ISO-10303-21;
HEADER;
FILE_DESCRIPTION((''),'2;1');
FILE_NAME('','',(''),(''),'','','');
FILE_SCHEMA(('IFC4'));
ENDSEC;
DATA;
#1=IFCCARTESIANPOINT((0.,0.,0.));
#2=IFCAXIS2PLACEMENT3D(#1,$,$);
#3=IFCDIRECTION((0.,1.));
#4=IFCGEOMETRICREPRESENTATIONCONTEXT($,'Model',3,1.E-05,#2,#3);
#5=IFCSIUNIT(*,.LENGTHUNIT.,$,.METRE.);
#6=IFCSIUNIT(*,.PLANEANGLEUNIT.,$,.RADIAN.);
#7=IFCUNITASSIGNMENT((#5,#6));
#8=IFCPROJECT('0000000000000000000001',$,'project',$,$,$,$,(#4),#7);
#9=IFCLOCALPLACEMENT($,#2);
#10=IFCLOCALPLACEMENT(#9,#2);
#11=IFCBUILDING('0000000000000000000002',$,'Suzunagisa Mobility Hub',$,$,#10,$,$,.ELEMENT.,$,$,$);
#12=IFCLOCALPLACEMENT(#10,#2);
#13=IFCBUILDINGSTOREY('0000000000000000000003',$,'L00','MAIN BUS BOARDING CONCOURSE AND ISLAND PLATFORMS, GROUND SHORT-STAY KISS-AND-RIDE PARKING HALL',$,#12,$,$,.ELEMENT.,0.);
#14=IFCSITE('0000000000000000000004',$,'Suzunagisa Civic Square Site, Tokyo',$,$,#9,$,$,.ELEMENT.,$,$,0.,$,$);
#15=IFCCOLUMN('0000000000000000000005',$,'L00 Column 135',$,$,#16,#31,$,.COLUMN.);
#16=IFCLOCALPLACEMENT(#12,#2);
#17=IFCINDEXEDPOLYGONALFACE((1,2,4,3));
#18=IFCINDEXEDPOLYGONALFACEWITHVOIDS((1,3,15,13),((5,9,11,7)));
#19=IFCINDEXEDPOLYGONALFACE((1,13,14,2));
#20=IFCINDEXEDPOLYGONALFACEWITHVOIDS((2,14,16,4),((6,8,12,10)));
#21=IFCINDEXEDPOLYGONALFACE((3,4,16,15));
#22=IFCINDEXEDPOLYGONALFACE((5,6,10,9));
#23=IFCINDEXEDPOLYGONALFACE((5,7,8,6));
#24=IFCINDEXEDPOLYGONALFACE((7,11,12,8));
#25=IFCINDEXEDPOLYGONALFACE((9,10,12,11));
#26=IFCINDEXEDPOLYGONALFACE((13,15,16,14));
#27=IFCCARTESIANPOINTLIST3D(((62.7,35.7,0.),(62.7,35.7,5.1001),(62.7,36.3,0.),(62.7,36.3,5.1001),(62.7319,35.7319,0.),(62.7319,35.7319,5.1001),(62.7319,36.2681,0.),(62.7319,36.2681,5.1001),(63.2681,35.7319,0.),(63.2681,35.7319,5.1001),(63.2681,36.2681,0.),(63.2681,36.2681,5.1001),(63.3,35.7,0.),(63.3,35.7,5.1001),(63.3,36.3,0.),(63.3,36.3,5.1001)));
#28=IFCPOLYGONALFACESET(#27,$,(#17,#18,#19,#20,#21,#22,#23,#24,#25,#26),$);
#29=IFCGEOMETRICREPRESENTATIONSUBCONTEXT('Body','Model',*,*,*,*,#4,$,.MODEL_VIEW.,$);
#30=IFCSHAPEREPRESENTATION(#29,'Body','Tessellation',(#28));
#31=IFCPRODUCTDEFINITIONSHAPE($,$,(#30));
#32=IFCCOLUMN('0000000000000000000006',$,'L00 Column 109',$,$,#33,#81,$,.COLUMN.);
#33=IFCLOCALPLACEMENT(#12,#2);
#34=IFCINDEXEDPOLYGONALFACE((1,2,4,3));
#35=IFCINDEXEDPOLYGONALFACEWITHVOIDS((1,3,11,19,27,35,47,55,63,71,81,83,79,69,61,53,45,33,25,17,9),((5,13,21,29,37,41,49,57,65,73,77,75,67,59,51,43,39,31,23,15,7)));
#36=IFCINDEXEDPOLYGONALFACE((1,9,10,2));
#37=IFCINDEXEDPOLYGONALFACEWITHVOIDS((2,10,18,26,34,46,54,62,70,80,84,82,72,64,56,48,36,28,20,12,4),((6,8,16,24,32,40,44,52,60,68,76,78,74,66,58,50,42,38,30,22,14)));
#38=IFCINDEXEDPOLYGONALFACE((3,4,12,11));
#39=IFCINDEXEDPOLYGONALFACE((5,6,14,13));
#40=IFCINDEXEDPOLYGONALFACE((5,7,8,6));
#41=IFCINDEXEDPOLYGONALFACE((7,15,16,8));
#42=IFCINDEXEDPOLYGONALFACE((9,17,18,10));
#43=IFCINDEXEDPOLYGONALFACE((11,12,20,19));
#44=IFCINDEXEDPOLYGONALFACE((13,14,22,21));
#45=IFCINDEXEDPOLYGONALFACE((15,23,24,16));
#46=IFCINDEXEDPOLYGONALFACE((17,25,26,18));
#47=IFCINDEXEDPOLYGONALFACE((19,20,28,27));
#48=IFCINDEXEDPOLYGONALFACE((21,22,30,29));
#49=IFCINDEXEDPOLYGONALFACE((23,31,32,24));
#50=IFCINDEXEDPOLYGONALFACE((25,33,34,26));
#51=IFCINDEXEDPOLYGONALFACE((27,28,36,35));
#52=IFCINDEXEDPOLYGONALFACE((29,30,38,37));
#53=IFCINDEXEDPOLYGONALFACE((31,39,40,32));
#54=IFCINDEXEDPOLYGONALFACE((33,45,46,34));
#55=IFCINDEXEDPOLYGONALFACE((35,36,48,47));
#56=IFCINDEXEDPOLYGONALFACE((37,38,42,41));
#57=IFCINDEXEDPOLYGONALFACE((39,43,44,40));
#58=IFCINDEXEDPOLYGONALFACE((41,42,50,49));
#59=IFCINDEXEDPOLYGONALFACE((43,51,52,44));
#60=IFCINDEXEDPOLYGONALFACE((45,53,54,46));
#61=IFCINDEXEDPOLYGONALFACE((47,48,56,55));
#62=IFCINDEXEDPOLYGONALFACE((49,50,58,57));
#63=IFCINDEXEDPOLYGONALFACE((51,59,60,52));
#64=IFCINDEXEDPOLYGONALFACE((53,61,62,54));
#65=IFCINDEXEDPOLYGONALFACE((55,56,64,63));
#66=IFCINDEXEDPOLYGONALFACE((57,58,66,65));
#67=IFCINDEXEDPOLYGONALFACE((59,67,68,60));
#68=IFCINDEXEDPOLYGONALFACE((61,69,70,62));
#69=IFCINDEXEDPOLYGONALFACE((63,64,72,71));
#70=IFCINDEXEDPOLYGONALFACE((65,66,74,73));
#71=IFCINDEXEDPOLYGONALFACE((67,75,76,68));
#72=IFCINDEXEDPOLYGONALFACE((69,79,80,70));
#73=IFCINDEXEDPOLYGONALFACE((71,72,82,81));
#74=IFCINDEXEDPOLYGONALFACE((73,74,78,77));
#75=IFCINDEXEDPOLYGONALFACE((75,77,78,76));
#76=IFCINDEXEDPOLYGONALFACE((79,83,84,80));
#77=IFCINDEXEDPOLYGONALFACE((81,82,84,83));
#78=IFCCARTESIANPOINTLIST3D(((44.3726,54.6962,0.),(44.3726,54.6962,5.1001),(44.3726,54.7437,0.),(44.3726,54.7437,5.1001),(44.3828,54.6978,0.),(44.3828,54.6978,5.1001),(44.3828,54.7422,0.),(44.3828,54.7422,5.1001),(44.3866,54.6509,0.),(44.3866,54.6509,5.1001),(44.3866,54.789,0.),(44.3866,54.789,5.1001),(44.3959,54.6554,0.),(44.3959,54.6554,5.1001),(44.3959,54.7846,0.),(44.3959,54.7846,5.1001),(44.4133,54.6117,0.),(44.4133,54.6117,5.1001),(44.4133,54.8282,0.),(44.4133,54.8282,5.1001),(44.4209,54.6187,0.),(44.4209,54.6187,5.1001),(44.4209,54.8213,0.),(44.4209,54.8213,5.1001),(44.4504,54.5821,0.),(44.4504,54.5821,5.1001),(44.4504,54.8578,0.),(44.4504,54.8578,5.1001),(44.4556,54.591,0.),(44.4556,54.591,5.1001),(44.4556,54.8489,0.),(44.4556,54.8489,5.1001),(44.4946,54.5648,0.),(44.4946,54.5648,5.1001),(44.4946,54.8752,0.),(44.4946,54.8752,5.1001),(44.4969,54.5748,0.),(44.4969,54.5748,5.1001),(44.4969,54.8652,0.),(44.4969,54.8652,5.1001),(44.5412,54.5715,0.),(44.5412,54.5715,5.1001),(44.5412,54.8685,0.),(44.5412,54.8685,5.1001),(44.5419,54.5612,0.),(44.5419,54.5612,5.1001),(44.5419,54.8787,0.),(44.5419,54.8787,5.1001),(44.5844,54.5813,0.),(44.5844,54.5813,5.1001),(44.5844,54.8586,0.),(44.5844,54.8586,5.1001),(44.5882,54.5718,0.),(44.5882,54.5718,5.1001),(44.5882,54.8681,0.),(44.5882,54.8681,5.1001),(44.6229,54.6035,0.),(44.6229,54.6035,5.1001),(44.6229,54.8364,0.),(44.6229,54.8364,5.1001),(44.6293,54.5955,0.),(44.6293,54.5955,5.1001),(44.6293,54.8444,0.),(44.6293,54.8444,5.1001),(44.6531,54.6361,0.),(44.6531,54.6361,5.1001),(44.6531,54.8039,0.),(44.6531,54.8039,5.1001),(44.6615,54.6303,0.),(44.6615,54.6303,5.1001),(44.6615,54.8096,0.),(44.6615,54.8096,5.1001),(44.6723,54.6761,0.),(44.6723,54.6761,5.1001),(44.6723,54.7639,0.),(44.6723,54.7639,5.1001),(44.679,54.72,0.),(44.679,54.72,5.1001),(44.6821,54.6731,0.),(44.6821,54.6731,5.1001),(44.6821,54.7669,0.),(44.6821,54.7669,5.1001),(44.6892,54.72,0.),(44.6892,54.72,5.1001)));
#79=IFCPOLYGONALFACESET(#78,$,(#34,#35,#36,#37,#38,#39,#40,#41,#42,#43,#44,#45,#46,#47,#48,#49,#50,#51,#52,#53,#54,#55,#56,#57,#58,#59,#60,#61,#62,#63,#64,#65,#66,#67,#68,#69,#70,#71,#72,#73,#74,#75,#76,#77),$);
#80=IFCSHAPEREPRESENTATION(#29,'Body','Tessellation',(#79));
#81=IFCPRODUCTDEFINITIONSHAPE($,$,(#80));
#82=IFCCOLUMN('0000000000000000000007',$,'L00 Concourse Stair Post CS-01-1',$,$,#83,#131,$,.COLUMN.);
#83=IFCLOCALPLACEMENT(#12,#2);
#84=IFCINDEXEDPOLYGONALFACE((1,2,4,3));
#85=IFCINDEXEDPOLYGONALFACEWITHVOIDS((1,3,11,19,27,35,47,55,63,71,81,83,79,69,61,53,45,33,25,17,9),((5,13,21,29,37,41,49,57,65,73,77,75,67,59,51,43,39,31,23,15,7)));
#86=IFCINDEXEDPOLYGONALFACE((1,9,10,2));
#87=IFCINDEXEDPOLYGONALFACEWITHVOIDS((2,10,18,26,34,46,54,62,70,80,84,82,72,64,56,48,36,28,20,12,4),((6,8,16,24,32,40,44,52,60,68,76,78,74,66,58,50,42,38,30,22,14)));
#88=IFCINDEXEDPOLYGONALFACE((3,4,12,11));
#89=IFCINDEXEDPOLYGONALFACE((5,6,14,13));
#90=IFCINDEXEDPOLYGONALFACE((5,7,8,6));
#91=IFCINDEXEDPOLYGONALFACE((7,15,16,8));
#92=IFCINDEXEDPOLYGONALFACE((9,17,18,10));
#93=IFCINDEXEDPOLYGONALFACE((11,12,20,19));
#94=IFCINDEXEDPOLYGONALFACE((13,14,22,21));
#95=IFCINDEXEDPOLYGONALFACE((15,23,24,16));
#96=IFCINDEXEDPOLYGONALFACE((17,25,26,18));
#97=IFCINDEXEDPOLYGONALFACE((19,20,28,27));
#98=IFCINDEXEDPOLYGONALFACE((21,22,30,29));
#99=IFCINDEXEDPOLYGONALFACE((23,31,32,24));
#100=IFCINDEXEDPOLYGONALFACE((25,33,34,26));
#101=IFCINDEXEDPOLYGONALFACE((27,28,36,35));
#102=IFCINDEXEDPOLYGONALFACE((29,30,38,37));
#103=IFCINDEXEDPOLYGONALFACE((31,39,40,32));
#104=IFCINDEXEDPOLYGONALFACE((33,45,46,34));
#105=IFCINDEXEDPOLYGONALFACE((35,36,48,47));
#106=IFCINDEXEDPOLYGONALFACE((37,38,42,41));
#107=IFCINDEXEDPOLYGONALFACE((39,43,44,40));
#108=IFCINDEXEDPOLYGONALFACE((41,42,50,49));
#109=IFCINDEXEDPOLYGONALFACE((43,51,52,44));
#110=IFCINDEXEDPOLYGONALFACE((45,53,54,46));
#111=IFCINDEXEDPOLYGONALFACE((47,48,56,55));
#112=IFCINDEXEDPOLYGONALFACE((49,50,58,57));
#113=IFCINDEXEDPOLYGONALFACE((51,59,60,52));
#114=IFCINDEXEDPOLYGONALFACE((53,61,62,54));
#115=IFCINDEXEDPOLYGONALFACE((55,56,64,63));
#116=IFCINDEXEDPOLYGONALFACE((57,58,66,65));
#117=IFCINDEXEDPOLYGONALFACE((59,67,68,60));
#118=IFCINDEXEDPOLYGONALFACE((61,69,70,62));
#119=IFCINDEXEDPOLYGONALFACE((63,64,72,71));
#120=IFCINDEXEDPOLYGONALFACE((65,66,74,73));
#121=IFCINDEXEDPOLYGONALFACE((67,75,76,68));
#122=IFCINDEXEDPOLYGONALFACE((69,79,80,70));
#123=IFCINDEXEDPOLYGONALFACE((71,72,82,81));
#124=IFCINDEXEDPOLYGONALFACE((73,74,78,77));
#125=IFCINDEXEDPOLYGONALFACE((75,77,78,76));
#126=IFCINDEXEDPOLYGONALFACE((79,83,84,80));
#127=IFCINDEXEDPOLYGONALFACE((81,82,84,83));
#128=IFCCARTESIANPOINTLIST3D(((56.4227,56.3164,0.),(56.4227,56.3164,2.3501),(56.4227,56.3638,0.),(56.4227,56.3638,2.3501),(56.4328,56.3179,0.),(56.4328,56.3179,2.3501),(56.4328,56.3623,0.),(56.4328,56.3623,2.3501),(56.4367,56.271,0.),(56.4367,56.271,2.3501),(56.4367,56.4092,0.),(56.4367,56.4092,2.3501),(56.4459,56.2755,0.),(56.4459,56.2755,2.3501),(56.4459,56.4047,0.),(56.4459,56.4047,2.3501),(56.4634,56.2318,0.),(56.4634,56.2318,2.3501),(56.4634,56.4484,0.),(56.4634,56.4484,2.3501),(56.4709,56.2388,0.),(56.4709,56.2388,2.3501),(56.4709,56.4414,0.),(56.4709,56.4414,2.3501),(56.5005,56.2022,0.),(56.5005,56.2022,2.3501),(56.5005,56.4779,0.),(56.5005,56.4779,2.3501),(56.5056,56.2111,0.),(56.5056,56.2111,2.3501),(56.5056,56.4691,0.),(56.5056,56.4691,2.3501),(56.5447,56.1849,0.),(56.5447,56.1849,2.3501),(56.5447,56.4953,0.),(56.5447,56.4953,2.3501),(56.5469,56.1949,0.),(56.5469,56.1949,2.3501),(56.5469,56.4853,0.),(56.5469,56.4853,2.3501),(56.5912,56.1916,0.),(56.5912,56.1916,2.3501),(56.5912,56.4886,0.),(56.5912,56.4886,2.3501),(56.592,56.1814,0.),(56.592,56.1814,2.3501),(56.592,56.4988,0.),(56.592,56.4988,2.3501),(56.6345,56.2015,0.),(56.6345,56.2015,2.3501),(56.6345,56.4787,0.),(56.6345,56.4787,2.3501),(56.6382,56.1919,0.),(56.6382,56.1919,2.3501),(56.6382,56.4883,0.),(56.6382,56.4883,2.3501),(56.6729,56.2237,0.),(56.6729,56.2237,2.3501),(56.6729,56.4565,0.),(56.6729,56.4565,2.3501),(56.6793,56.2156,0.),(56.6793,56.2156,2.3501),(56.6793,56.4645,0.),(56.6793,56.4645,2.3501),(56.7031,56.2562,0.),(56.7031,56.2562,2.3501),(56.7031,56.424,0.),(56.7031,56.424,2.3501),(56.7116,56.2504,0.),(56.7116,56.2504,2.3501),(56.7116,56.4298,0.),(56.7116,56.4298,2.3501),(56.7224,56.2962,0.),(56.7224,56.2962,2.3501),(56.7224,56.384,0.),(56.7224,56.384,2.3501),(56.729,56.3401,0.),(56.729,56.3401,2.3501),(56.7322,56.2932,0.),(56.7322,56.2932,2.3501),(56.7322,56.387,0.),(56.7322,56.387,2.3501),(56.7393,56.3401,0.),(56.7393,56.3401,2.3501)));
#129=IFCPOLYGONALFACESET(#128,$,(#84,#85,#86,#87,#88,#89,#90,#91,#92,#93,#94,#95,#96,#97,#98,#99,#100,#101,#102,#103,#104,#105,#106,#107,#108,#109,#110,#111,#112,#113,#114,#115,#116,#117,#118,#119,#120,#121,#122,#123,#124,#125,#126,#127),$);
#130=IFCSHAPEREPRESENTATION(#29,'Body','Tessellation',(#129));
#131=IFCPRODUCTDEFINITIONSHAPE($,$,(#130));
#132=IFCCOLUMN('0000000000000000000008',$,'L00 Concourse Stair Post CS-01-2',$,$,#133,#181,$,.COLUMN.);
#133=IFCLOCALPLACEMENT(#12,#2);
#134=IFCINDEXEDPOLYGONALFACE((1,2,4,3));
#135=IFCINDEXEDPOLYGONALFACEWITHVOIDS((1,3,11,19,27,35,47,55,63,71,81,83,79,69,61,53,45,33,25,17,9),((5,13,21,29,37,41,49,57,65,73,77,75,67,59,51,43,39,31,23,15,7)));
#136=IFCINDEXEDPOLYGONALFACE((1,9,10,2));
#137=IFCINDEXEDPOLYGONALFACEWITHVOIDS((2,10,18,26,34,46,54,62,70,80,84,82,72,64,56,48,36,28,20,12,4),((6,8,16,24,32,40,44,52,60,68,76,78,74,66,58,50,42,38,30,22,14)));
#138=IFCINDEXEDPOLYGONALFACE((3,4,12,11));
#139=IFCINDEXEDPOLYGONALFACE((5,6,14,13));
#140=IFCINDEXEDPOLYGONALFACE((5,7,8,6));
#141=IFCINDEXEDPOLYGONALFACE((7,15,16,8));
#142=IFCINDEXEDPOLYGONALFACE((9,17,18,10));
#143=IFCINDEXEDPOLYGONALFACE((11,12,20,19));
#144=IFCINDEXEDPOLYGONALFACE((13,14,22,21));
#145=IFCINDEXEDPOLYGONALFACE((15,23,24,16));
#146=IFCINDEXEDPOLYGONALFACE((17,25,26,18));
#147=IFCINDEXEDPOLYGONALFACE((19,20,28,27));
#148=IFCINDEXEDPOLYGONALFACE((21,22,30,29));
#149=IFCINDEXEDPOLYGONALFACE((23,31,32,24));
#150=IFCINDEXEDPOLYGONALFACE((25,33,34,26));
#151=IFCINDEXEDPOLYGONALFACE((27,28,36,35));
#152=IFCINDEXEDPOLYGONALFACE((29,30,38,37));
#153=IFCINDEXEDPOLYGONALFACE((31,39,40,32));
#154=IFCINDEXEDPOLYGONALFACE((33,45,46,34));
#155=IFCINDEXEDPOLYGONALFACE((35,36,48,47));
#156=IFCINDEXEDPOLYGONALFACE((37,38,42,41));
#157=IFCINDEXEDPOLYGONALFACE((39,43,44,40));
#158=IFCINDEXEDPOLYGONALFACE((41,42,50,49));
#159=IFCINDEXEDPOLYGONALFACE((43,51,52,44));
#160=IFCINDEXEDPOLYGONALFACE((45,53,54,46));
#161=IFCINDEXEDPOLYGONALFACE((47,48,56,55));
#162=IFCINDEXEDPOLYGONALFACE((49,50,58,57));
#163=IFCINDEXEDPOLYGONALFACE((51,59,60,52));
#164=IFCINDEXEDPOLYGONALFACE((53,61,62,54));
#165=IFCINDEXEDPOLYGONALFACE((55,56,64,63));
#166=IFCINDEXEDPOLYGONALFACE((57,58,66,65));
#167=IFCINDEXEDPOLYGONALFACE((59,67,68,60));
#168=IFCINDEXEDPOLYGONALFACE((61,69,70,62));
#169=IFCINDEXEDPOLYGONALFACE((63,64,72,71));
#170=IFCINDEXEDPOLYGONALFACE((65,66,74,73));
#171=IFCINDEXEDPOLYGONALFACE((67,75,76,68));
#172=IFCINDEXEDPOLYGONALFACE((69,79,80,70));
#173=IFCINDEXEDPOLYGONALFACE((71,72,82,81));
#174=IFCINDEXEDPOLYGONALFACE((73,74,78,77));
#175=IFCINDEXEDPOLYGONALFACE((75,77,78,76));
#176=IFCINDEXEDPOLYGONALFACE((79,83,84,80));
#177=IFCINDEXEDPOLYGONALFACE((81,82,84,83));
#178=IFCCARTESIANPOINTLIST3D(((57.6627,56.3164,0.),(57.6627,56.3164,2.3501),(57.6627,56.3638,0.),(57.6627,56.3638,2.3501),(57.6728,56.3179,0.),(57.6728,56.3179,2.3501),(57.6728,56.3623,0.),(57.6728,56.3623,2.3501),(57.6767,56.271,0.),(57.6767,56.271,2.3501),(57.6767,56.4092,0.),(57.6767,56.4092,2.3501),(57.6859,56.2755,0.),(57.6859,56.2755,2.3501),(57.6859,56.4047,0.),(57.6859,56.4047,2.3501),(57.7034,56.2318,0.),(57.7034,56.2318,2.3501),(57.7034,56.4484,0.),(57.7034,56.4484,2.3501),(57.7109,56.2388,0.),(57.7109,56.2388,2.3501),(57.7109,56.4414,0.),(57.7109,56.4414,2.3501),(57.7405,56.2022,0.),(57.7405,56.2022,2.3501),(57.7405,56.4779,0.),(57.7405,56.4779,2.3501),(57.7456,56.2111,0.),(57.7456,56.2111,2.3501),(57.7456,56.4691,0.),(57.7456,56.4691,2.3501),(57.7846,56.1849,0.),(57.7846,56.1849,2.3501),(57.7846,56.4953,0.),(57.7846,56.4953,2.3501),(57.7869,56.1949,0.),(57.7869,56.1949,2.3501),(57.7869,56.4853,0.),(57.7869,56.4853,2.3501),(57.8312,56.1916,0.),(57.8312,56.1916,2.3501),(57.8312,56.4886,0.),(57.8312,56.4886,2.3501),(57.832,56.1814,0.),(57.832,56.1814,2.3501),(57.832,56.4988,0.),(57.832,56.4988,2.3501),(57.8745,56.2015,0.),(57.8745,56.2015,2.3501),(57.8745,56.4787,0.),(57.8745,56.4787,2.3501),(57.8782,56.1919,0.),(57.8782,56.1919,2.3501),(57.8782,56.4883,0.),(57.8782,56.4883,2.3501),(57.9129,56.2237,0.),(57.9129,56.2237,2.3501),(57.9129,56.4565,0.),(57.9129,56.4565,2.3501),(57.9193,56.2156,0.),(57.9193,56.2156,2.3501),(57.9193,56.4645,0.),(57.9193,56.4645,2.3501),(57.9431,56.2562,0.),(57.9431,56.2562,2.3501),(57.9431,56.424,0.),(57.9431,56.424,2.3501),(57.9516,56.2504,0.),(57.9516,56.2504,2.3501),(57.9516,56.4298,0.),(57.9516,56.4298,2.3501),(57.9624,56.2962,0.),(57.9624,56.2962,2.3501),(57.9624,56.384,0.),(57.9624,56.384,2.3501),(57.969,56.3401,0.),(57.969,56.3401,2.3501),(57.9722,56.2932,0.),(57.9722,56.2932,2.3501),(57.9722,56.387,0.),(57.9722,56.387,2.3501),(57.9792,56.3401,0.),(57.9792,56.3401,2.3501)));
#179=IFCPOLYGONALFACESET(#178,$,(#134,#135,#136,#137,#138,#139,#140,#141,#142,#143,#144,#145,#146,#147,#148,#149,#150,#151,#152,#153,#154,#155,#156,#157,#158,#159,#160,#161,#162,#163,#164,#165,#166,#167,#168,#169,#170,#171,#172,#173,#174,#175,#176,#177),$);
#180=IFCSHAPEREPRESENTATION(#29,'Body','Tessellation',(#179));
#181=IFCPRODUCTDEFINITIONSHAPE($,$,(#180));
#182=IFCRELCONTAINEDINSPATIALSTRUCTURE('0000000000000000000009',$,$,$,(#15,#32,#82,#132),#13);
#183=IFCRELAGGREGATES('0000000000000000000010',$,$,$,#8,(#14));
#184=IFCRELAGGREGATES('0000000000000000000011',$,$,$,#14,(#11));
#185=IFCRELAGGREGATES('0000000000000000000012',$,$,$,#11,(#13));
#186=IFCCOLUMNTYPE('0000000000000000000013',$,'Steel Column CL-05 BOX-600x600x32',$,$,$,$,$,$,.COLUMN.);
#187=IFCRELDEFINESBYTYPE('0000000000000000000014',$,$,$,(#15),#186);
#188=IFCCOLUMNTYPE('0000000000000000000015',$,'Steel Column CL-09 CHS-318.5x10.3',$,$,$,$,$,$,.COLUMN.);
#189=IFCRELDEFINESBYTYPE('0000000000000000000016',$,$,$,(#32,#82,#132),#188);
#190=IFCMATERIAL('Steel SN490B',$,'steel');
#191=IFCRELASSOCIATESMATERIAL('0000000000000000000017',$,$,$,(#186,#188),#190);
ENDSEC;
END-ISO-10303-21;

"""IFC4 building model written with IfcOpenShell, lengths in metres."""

from ifc_helpers import new_model, si_unit, direction, frame, origin, origin_2d, place, context, subcontext, project, spatial, hollow_rectangle, hollow_circle, extrude, material, material_profile, profile_set, type_object, element, save


model = new_model("IFC4")

# Units and contexts
model_context = context("Model", 3, precision=1e-05, world=origin(), true_north=direction((0.0, 1.0)))
body_context = subcontext(model_context, "Body", "Model", "MODEL_VIEW")
ifc_project = project(units=[si_unit("LENGTHUNIT", "METRE"), si_unit("PLANEANGLEUNIT", "RADIAN")], contexts=[model_context])

# Site, building, storey
site_placement = place(None, origin())
site = spatial("IfcSite", under=ifc_project, at=site_placement, Name="Suzunagisa Civic Square Site, Tokyo", CompositionType="ELEMENT", RefElevation=0.0)
building_placement = place(site_placement, origin())
building = spatial("IfcBuilding", under=site, at=building_placement, Name="Suzunagisa Mobility Hub", CompositionType="ELEMENT")
storey_placement = place(building_placement, origin())
storey = spatial("IfcBuildingStorey", under=building, at=storey_placement, Name="L00", Description="MAIN BUS BOARDING CONCOURSE AND ISLAND PLATFORMS, GROUND SHORT-STAY KISS-AND-RIDE PARKING HALL", CompositionType="ELEMENT", Elevation=0.0)

# Columns
ifc_material_1 = material(Name="Steel SN490B", Category="steel")
ifc_material_profile_1 = material_profile(ifc_material_1, hollow_rectangle(XDim=0.6001, YDim=0.6001, WallThickness=0.032, at=origin_2d()), Name="BOX-600x600x32")
ifc_profile_set_1 = profile_set([ifc_material_profile_1], Name="Steel SN490B")
column_type_1 = type_object("IfcColumnType", Name="Steel Column CL-05 BOX-600x600x32", PredefinedType="COLUMN", material=ifc_profile_set_1)
column_1_placement = place(storey_placement, frame((63.0, 36.0, 0.0), z_axis=(0.0, 0.0, 1.0), x_axis=(1.0, 0.0, 0.0)))
element("IfcColumn", 1, at=column_1_placement, inside=storey, type_object=column_type_1, Name="L00 Column 135", PredefinedType="COLUMN", context=body_context, shape_type="SweptSolid", body=[
    extrude(hollow_rectangle(XDim=0.6001, YDim=0.6001, WallThickness=0.032, at=origin_2d()), origin(), (0.0, 0.0, 1.0), 5.1001),
])
ifc_material_profile_2 = material_profile(ifc_material_1, hollow_circle(Radius=0.1592, WallThickness=0.0103, at=origin_2d()), Name="CHS-318.5x10.3")
ifc_profile_set_2 = profile_set([ifc_material_profile_2], Name="Steel SN490B")
column_type_2 = type_object("IfcColumnType", Name="Steel Column CL-09 CHS-318.5x10.3", PredefinedType="COLUMN", material=ifc_profile_set_2)
column_2_placement = place(storey_placement, frame((44.53, 54.72, 0.0), z_axis=(0.0, 0.0, 1.0), x_axis=(1.0, 0.0, 0.0)))
element("IfcColumn", 2, at=column_2_placement, inside=storey, type_object=column_type_2, Name="L00 Column 109", PredefinedType="COLUMN", context=body_context, shape_type="SweptSolid", body=[
    extrude(hollow_circle(Radius=0.1592, WallThickness=0.0103, at=origin_2d()), origin(), (0.0, 0.0, 1.0), 5.1001),
])
for number, where, z_axis, x_axis, name in (
    (3, (56.5801, 56.3401, 0.0), (0.0, 0.0, 1.0), (1.0, 0.0, 0.0), "L00 Concourse Stair Post CS-01-1"),
    (4, (57.8201, 56.3401, 0.0), (0.0, 0.0, 1.0), (1.0, 0.0, 0.0), "L00 Concourse Stair Post CS-01-2"),
):
    element("IfcColumn", number, at=place(storey_placement, frame(where, z_axis=z_axis, x_axis=x_axis)), inside=storey, type_object=column_type_2, Name=name, PredefinedType="COLUMN", context=body_context, shape_type="SweptSolid", body=[
        extrude(hollow_circle(Radius=0.1592, WallThickness=0.0103, at=origin_2d()), origin(), (0.0, 0.0, 1.0), 2.3501),
    ])

save(model, "model.ifc")
